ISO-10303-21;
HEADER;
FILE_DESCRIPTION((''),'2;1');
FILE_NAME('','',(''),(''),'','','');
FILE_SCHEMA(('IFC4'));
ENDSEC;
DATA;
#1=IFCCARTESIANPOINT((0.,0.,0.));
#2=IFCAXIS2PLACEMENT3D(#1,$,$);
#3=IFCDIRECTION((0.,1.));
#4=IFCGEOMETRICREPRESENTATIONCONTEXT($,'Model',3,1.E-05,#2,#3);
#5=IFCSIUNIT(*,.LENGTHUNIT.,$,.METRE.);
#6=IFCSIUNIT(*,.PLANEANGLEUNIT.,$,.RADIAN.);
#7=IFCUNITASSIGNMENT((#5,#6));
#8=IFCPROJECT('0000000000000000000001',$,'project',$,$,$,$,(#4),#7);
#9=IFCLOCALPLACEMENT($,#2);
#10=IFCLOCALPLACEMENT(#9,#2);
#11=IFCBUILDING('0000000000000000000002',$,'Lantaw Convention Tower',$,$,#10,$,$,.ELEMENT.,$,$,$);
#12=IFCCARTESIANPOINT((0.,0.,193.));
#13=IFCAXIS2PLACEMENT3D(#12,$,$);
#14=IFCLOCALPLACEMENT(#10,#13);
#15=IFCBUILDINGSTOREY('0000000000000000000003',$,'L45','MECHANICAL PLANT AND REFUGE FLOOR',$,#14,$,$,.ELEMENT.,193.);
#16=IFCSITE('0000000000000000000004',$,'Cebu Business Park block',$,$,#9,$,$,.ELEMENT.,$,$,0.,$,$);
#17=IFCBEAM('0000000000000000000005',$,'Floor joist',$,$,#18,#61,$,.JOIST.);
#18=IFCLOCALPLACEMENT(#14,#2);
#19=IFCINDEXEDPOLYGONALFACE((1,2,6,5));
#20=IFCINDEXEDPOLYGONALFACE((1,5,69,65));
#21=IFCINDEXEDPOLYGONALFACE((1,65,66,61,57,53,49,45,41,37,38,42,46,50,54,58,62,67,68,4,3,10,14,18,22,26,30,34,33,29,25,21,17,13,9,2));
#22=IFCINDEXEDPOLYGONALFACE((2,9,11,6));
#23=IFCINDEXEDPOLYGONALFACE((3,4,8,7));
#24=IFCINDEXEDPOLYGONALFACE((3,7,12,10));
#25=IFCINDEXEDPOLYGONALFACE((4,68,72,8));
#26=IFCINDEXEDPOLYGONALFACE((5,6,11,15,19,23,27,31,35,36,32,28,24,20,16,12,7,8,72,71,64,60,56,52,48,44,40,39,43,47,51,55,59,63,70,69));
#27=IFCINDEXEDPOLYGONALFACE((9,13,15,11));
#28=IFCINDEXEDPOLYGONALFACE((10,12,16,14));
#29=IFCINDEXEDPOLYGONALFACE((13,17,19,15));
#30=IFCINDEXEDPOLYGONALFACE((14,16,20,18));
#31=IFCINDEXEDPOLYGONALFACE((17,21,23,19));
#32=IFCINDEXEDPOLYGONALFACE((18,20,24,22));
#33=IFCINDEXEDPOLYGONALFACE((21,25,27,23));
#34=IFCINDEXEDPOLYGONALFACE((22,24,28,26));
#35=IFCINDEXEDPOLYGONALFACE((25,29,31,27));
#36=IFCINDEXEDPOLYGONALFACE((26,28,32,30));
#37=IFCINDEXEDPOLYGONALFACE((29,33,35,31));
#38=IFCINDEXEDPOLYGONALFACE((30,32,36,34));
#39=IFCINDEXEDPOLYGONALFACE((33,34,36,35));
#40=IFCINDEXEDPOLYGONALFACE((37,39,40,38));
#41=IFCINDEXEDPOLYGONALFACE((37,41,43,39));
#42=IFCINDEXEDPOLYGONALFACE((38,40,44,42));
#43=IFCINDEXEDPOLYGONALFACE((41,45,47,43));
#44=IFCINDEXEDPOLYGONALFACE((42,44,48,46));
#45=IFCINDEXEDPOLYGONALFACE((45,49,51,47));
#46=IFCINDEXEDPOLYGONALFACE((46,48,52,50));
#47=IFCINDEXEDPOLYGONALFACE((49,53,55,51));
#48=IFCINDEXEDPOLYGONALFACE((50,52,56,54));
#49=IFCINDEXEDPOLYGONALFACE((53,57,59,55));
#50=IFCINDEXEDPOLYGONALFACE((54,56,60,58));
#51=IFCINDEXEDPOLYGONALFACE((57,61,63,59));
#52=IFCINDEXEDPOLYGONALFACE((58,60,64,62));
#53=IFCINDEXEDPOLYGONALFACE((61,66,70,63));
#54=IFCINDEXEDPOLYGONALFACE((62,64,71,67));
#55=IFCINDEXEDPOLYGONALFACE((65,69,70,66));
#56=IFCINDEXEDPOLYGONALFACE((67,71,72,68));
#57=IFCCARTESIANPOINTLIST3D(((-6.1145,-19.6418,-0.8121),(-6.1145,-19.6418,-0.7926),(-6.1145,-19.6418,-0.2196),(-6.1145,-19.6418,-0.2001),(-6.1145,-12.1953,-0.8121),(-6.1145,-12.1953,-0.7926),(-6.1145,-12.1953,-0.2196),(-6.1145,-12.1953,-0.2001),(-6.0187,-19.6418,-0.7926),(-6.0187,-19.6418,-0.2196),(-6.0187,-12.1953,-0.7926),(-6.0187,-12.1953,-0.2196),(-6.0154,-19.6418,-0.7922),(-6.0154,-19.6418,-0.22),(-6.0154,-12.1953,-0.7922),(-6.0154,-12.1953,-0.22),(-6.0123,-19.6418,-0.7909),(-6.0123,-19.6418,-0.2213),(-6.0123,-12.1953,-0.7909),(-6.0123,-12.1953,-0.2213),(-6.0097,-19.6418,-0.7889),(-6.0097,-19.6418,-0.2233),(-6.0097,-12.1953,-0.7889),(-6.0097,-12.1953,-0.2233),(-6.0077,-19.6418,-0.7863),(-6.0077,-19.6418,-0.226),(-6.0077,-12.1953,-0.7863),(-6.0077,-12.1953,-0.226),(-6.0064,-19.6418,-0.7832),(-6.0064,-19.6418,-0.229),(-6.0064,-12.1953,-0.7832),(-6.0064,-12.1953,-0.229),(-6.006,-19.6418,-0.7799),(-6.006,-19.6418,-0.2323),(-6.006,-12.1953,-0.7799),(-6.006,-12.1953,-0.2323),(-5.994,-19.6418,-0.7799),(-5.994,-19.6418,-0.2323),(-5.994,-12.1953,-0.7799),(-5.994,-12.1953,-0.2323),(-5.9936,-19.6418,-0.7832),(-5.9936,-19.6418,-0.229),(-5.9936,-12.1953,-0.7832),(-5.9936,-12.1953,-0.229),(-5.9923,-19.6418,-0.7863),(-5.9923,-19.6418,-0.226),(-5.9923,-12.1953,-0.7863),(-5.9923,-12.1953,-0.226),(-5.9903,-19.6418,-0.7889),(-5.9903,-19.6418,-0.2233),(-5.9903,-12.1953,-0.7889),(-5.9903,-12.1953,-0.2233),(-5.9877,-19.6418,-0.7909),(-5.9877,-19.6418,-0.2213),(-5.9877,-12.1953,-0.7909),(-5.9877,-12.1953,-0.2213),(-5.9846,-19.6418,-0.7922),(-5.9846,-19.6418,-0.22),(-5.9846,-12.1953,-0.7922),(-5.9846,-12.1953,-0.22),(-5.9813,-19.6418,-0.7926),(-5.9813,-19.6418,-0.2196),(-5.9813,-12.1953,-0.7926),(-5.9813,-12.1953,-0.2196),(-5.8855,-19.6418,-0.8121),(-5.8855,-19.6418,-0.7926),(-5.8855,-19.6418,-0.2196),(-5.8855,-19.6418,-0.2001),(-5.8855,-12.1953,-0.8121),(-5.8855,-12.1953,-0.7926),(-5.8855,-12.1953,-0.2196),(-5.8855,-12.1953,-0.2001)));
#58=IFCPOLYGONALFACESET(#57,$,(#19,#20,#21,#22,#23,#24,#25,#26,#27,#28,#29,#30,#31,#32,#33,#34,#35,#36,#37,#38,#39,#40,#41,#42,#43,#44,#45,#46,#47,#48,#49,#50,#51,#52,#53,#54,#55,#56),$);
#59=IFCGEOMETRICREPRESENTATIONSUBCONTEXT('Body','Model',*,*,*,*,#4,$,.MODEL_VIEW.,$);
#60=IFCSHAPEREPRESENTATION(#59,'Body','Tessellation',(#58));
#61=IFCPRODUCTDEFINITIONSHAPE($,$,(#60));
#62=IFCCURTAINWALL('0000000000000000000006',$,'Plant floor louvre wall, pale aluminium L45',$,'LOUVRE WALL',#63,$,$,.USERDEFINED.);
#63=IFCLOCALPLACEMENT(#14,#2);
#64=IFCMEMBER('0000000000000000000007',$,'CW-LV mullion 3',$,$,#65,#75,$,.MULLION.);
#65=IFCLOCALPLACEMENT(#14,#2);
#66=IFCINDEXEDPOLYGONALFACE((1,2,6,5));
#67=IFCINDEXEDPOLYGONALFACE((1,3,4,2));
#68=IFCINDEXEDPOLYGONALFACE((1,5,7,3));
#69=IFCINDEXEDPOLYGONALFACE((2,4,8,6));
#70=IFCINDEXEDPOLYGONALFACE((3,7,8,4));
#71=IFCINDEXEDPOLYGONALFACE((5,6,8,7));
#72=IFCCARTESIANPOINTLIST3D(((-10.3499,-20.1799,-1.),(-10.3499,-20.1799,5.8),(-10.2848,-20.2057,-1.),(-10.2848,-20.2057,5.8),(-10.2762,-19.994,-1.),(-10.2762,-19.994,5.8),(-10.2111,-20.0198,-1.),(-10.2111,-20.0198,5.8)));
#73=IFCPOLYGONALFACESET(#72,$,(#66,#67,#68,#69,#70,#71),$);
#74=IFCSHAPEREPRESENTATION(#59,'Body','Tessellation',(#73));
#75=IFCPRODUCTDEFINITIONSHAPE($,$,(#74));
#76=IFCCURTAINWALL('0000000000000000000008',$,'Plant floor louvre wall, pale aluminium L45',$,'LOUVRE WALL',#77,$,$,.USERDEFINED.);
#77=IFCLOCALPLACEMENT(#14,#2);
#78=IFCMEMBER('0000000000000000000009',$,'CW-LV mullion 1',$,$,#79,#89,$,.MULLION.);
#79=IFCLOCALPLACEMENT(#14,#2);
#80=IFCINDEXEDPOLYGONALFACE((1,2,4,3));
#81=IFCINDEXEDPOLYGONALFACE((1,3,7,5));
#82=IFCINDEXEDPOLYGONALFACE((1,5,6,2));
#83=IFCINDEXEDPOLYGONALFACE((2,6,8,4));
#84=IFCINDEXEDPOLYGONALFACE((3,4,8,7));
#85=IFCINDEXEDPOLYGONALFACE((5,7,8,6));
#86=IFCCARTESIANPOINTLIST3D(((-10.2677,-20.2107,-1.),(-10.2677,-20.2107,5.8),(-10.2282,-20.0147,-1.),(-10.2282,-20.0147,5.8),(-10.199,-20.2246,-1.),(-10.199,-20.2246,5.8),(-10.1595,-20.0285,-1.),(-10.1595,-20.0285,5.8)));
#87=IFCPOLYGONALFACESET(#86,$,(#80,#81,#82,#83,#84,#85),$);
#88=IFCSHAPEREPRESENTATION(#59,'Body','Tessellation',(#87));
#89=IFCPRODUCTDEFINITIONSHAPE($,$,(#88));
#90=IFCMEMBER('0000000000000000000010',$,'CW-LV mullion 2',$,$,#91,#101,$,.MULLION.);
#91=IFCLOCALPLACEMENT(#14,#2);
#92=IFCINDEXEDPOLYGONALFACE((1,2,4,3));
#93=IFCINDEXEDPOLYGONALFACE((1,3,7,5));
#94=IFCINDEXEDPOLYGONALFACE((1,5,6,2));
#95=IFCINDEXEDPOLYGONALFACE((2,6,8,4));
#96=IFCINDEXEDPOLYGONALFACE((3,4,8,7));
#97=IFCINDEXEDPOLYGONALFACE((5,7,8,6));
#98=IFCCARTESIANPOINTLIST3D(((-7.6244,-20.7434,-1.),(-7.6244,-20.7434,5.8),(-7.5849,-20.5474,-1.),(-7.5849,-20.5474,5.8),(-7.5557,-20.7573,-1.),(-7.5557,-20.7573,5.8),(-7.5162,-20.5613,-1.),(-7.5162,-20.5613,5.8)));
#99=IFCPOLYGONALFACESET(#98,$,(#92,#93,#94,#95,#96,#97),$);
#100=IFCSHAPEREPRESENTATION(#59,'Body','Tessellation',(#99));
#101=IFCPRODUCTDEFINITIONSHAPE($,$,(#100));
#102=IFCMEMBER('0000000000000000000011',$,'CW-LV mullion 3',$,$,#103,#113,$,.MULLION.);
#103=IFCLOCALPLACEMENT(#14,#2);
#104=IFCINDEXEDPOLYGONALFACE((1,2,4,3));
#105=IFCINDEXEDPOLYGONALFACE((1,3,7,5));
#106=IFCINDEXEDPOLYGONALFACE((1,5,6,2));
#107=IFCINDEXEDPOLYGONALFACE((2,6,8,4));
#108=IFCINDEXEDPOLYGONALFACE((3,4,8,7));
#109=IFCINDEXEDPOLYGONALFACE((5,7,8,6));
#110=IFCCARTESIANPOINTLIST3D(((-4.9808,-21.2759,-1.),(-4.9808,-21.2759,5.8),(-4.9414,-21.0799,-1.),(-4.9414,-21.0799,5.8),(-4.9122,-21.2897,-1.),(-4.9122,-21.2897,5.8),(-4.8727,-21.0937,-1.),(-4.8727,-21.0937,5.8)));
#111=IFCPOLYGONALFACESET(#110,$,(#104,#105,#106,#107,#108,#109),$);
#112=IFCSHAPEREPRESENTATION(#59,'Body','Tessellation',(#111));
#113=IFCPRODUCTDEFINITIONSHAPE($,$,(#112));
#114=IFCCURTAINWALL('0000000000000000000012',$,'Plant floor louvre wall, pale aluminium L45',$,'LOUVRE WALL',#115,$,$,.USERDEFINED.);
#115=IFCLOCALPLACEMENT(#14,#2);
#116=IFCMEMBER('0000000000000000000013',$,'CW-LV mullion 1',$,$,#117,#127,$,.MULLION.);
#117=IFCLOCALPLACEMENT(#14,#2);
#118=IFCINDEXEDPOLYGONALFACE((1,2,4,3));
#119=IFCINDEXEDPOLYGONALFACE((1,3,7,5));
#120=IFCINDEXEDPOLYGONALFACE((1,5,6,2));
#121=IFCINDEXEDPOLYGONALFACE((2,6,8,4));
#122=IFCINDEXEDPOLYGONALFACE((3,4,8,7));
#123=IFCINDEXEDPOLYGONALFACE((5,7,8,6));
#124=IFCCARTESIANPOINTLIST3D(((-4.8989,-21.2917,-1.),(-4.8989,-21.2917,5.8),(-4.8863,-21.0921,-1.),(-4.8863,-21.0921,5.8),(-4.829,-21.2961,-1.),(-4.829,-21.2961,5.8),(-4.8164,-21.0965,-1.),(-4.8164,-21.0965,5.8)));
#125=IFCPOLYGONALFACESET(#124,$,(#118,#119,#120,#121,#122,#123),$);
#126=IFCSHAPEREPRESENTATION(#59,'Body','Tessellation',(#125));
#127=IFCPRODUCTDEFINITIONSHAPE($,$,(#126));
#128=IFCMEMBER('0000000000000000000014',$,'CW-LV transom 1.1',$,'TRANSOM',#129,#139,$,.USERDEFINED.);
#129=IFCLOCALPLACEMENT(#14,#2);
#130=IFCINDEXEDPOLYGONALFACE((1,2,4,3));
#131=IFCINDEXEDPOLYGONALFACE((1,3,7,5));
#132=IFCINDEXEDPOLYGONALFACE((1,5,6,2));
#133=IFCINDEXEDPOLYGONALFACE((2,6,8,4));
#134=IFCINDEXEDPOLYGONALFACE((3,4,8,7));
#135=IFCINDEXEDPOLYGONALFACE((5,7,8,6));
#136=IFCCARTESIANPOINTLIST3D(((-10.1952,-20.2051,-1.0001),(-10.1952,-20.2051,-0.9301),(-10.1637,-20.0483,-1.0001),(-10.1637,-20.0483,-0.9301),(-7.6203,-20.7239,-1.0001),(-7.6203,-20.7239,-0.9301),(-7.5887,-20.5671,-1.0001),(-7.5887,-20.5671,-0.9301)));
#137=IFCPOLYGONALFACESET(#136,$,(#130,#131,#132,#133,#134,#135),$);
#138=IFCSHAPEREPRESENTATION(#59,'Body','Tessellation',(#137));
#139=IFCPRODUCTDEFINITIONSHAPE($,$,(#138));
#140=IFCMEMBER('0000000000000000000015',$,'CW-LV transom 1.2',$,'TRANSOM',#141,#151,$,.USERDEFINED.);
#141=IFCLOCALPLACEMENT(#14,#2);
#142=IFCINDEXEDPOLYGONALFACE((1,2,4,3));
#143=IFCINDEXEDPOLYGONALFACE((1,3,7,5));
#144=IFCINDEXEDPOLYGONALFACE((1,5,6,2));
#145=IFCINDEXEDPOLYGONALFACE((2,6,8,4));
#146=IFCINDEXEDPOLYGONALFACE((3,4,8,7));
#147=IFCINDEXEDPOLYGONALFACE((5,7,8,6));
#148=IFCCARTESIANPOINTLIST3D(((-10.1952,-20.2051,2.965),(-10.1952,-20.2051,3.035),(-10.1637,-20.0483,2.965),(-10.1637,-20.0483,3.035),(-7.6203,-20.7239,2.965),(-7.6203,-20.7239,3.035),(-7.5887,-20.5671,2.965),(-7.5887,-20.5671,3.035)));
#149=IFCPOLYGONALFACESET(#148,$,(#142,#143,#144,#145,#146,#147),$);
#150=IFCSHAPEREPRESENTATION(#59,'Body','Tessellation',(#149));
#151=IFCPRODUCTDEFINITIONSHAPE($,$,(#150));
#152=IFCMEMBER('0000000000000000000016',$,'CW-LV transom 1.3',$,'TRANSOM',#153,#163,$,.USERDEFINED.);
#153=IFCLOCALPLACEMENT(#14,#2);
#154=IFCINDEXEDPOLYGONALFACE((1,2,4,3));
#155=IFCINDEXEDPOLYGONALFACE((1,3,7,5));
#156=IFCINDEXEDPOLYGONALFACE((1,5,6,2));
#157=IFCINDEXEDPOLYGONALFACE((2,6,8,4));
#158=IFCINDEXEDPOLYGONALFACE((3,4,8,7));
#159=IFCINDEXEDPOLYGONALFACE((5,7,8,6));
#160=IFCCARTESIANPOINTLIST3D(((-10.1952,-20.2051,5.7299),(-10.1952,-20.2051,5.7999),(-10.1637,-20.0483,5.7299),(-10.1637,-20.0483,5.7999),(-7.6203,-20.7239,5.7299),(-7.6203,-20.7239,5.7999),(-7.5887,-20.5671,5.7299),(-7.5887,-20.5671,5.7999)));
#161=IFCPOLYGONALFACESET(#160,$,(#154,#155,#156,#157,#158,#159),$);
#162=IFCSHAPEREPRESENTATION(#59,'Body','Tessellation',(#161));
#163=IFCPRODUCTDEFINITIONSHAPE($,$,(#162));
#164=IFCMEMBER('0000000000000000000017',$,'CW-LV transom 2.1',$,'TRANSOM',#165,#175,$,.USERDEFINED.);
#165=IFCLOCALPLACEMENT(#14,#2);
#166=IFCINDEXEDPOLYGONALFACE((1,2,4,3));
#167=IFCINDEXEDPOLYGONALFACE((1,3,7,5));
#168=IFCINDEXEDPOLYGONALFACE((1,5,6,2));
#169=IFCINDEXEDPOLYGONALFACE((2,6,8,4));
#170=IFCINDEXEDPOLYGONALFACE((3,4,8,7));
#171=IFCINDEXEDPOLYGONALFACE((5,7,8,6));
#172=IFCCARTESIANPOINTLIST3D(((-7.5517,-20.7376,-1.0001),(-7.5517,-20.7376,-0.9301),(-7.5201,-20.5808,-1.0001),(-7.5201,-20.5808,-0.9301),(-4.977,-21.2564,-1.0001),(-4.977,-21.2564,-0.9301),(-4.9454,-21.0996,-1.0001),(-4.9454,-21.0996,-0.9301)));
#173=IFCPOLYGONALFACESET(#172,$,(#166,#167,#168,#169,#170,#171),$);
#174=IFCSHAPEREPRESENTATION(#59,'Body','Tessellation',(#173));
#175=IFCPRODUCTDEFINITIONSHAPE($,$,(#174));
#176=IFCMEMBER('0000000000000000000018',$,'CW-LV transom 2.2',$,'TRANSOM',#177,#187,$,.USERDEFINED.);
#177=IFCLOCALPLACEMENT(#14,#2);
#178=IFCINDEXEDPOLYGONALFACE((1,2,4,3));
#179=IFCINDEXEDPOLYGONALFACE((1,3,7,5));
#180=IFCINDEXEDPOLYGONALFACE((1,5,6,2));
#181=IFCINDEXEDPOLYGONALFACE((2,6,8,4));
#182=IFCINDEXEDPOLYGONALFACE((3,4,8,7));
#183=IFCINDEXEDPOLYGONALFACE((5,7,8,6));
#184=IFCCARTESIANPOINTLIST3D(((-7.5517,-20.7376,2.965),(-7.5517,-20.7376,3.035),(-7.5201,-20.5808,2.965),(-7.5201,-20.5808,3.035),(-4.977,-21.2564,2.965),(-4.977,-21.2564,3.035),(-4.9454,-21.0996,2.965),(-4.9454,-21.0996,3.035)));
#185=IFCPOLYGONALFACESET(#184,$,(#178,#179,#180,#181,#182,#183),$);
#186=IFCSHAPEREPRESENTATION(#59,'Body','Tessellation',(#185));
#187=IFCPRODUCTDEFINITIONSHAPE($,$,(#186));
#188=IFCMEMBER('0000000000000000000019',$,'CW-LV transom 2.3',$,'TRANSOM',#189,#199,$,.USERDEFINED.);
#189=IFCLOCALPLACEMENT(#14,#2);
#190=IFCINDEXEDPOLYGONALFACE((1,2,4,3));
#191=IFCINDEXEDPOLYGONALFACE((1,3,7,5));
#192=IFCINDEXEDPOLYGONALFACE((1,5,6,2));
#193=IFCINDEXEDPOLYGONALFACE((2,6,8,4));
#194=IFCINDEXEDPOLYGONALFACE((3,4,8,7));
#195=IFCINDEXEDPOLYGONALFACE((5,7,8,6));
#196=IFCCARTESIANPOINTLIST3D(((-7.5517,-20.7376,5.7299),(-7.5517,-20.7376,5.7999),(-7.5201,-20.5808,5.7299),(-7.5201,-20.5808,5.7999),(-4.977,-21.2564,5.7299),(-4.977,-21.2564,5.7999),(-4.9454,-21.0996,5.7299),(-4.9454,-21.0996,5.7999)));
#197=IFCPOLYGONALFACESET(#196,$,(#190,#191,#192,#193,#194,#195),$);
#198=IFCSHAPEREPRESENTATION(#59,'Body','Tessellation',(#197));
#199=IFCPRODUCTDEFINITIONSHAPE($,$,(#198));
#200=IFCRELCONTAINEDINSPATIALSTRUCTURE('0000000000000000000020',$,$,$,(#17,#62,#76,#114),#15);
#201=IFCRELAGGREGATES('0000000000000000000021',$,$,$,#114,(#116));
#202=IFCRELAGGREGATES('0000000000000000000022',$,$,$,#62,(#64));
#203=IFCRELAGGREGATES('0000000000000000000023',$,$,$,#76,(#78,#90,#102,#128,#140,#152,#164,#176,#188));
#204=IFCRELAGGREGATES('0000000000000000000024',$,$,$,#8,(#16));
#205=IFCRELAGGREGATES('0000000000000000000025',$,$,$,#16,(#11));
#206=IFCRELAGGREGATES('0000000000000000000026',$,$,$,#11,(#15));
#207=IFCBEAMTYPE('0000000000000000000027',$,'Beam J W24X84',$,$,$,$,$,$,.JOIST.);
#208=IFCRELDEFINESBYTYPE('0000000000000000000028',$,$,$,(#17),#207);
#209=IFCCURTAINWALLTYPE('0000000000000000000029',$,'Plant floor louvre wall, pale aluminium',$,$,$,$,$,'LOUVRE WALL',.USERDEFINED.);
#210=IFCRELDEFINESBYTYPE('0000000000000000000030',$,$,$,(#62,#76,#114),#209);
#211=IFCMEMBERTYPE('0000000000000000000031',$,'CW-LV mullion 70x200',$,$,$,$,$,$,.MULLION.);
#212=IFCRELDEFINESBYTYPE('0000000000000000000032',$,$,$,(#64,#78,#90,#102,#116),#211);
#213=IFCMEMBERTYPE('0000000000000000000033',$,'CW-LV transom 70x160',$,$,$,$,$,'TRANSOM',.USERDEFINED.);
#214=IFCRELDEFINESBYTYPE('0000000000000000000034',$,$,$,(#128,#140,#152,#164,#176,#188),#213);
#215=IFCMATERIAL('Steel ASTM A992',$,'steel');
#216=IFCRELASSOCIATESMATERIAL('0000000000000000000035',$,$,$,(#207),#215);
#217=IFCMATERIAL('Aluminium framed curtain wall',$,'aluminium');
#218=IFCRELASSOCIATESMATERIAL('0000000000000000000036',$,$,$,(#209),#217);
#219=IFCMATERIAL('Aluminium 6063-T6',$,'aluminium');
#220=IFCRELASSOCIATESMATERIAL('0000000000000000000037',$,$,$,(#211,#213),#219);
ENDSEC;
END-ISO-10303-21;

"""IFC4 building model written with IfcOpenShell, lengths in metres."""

from ifc_helpers import new_model, si_unit, direction, frame, origin, origin_2d, place, context, subcontext, project, spatial, rectangle, i_section, extrude, material, material_profile, profile_set, type_object, element, aggregate, save


model = new_model("IFC4")

# Units and contexts
model_context = context("Model", 3, precision=1e-05, world=origin(), true_north=direction((0.0, 1.0)))
body_context = subcontext(model_context, "Body", "Model", "MODEL_VIEW")
ifc_project = project(units=[si_unit("LENGTHUNIT", "METRE"), si_unit("PLANEANGLEUNIT", "RADIAN")], contexts=[model_context])

# Site, building, storey
site_placement = place(None, origin())
site = spatial("IfcSite", under=ifc_project, at=site_placement, Name="Cebu Business Park block", CompositionType="ELEMENT", RefElevation=0.0)
building_placement = place(site_placement, origin())
building = spatial("IfcBuilding", under=site, at=building_placement, Name="Lantaw Convention Tower", CompositionType="ELEMENT")
storey_placement = place(building_placement, frame((0.0, 0.0, 193.0)))
storey = spatial("IfcBuildingStorey", under=building, at=storey_placement, Name="L45", Description="MECHANICAL PLANT AND REFUGE FLOOR", CompositionType="ELEMENT", Elevation=193.0)

# Beam
ifc_material_1 = material(Name="Steel ASTM A992", Category="steel")
ifc_material_profile_1 = material_profile(ifc_material_1, i_section(OverallWidth=0.229, OverallDepth=0.6121, WebThickness=0.012, FlangeThickness=0.0195, FilletRadius=0.0127, at=origin_2d()), Name="W24X84")
ifc_profile_set_1 = profile_set([ifc_material_profile_1], Name="Steel ASTM A992")
beam_type = type_object("IfcBeamType", Name="Beam J W24X84", PredefinedType="JOIST", material=ifc_profile_set_1)
beam_placement = place(storey_placement, frame((-6.0, -19.6418, -0.5061), z_axis=(0.0, 1.0, 0.0), x_axis=(-1.0, 0.0, 0.0)))
element("IfcBeam", 1, at=beam_placement, inside=storey, type_object=beam_type, Name="Floor joist", PredefinedType="JOIST", context=body_context, shape_type="SweptSolid", body=[
    extrude(i_section(OverallWidth=0.229, OverallDepth=0.6121, WebThickness=0.012, FlangeThickness=0.0195, FilletRadius=0.0127, at=origin_2d()), origin(), (0.0, 0.0, 1.0), 7.4465),
])

# Curtain wall, member
ifc_material_2 = material(Name="Aluminium framed curtain wall", Category="aluminium")
curtain_wall_type = type_object("IfcCurtainWallType", Name="Plant floor louvre wall, pale aluminium", ElementType="LOUVRE WALL", PredefinedType="USERDEFINED", material=ifc_material_2)
curtain_wall_1_placement = place(storey_placement, origin())
curtain_wall_1 = element("IfcCurtainWall", 2, at=curtain_wall_1_placement, inside=storey, type_object=curtain_wall_type, Name="Plant floor louvre wall, pale aluminium L45", ObjectType="LOUVRE WALL", PredefinedType="USERDEFINED")
ifc_material_3 = material(Name="Aluminium 6063-T6", Category="aluminium")
ifc_material_profile_2 = material_profile(ifc_material_3, rectangle(XDim=0.2, YDim=0.0701, at=origin_2d()), Name="CW-LV mullion 70x200")
ifc_profile_set_2 = profile_set([ifc_material_profile_2], Name="Aluminium 6063-T6")
member_type_1 = type_object("IfcMemberType", Name="CW-LV mullion 70x200", PredefinedType="MULLION", material=ifc_profile_set_2)
member_1_placement = place(storey_placement, frame((-10.2805, -20.0999, -1.0), z_axis=(0.0, 0.0, 1.0), x_axis=(0.368702, 0.929548, 0.0)))
member_1 = element("IfcMember", 3, at=member_1_placement, type_object=member_type_1, Name="CW-LV mullion 3", PredefinedType="MULLION", context=body_context, shape_type="SweptSolid", body=[
    extrude(rectangle(XDim=0.2, YDim=0.0701, at=origin_2d()), origin(), (0.0, 0.0, 1.0), 6.8),
])

# Curtain wall, members
curtain_wall_2_placement = place(storey_placement, origin())
curtain_wall_2 = element("IfcCurtainWall", 4, at=curtain_wall_2_placement, inside=storey, type_object=curtain_wall_type, Name="Plant floor louvre wall, pale aluminium L45", ObjectType="LOUVRE WALL", PredefinedType="USERDEFINED")
member_2_placement = place(storey_placement, frame((-10.2136, -20.1196, -1.0), z_axis=(0.0, 0.0, 1.0), x_axis=(0.197507, 0.980302, 0.0)))
member_2 = element("IfcMember", 5, at=member_2_placement, type_object=member_type_1, Name="CW-LV mullion 1", PredefinedType="MULLION", context=body_context, shape_type="SweptSolid", body=[
    extrude(rectangle(XDim=0.2, YDim=0.0701, at=origin_2d()), origin(), (0.0, 0.0, 1.0), 6.8),
])
member_3_placement = place(storey_placement, frame((-7.5703, -20.6523, -1.0), z_axis=(0.0, 0.0, 1.0), x_axis=(0.197507, 0.980302, 0.0)))
member_3 = element("IfcMember", 6, at=member_3_placement, type_object=member_type_1, Name="CW-LV mullion 2", PredefinedType="MULLION", context=body_context, shape_type="SweptSolid", body=[
    extrude(rectangle(XDim=0.2, YDim=0.0701, at=origin_2d()), origin(), (0.0, 0.0, 1.0), 6.8),
])
member_4_placement = place(storey_placement, frame((-4.9268, -21.1848, -1.0), z_axis=(0.0, 0.0, 1.0), x_axis=(0.197507, 0.980302, 0.0)))
member_4 = element("IfcMember", 7, at=member_4_placement, type_object=member_type_1, Name="CW-LV mullion 3", PredefinedType="MULLION", context=body_context, shape_type="SweptSolid", body=[
    extrude(rectangle(XDim=0.2, YDim=0.0701, at=origin_2d()), origin(), (0.0, 0.0, 1.0), 6.8),
])

# Curtain wall, member
curtain_wall_3_placement = place(storey_placement, origin())
curtain_wall_3 = element("IfcCurtainWall", 8, at=curtain_wall_3_placement, inside=storey, type_object=curtain_wall_type, Name="Plant floor louvre wall, pale aluminium L45", ObjectType="LOUVRE WALL", PredefinedType="USERDEFINED")
member_5_placement = place(storey_placement, frame((-4.8577, -21.1941, -1.0), z_axis=(0.0, 0.0, 1.0), x_axis=(0.062865, 0.998022, 0.0)))
member_5 = element("IfcMember", 9, at=member_5_placement, type_object=member_type_1, Name="CW-LV mullion 1", PredefinedType="MULLION", context=body_context, shape_type="SweptSolid", body=[
    extrude(rectangle(XDim=0.2, YDim=0.0701, at=origin_2d()), origin(), (0.0, 0.0, 1.0), 6.8),
])
aggregate(curtain_wall_3, [member_5])

# Members
ifc_material_profile_3 = material_profile(ifc_material_3, rectangle(XDim=0.1599, YDim=0.0701, at=origin_2d()), Name="CW-LV transom 70x160")
ifc_profile_set_3 = profile_set([ifc_material_profile_3], Name="Aluminium 6063-T6")
member_type_2 = type_object("IfcMemberType", Name="CW-LV transom 70x160", ElementType="TRANSOM", PredefinedType="USERDEFINED", material=ifc_profile_set_3)
member_6_placement = place(storey_placement, frame((-10.1794, -20.1267, -0.9651), z_axis=(0.980301, -0.19751, 0.0), x_axis=(0.19751, 0.980301, 0.0)))
member_6 = element("IfcMember", 10, at=member_6_placement, type_object=member_type_2, Name="CW-LV transom 1.1", ObjectType="TRANSOM", PredefinedType="USERDEFINED", context=body_context, shape_type="SweptSolid", body=[
    extrude(rectangle(XDim=0.1599, YDim=0.0701, at=origin_2d()), origin(), (0.0, 0.0, 1.0), 2.6267),
])
member_7_placement = place(storey_placement, frame((-10.1794, -20.1267, 3.0), z_axis=(0.980301, -0.19751, 0.0), x_axis=(0.19751, 0.980301, 0.0)))
member_7 = element("IfcMember", 11, at=member_7_placement, type_object=member_type_2, Name="CW-LV transom 1.2", ObjectType="TRANSOM", PredefinedType="USERDEFINED", context=body_context, shape_type="SweptSolid", body=[
    extrude(rectangle(XDim=0.1599, YDim=0.0701, at=origin_2d()), origin(), (0.0, 0.0, 1.0), 2.6267),
])
member_8_placement = place(storey_placement, frame((-10.1794, -20.1267, 5.7649), z_axis=(0.980301, -0.19751, 0.0), x_axis=(0.19751, 0.980301, 0.0)))
member_8 = element("IfcMember", 12, at=member_8_placement, type_object=member_type_2, Name="CW-LV transom 1.3", ObjectType="TRANSOM", PredefinedType="USERDEFINED", context=body_context, shape_type="SweptSolid", body=[
    extrude(rectangle(XDim=0.1599, YDim=0.0701, at=origin_2d()), origin(), (0.0, 0.0, 1.0), 2.6267),
])
member_9_placement = place(storey_placement, frame((-7.5359, -20.6592, -0.9651), z_axis=(0.980297, -0.197528, 0.0), x_axis=(0.197528, 0.980297, 0.0)))
member_9 = element("IfcMember", 13, at=member_9_placement, type_object=member_type_2, Name="CW-LV transom 2.1", ObjectType="TRANSOM", PredefinedType="USERDEFINED", context=body_context, shape_type="SweptSolid", body=[
    extrude(rectangle(XDim=0.1599, YDim=0.0701, at=origin_2d()), origin(), (0.0, 0.0, 1.0), 2.6265),
])
member_10_placement = place(storey_placement, frame((-7.5359, -20.6592, 3.0), z_axis=(0.980297, -0.197528, 0.0), x_axis=(0.197528, 0.980297, 0.0)))
member_10 = element("IfcMember", 14, at=member_10_placement, type_object=member_type_2, Name="CW-LV transom 2.2", ObjectType="TRANSOM", PredefinedType="USERDEFINED", context=body_context, shape_type="SweptSolid", body=[
    extrude(rectangle(XDim=0.1599, YDim=0.0701, at=origin_2d()), origin(), (0.0, 0.0, 1.0), 2.6265),
])
member_11_placement = place(storey_placement, frame((-7.5359, -20.6592, 5.7649), z_axis=(0.980297, -0.197528, 0.0), x_axis=(0.197528, 0.980297, 0.0)))
member_11 = element("IfcMember", 15, at=member_11_placement, type_object=member_type_2, Name="CW-LV transom 2.3", ObjectType="TRANSOM", PredefinedType="USERDEFINED", context=body_context, shape_type="SweptSolid", body=[
    extrude(rectangle(XDim=0.1599, YDim=0.0701, at=origin_2d()), origin(), (0.0, 0.0, 1.0), 2.6265),
])

aggregate(curtain_wall_1, [member_1])
aggregate(curtain_wall_2, [member_2, member_3, member_4, member_6, member_7, member_8, member_9, member_10, member_11])

save(model, "model.ifc")
